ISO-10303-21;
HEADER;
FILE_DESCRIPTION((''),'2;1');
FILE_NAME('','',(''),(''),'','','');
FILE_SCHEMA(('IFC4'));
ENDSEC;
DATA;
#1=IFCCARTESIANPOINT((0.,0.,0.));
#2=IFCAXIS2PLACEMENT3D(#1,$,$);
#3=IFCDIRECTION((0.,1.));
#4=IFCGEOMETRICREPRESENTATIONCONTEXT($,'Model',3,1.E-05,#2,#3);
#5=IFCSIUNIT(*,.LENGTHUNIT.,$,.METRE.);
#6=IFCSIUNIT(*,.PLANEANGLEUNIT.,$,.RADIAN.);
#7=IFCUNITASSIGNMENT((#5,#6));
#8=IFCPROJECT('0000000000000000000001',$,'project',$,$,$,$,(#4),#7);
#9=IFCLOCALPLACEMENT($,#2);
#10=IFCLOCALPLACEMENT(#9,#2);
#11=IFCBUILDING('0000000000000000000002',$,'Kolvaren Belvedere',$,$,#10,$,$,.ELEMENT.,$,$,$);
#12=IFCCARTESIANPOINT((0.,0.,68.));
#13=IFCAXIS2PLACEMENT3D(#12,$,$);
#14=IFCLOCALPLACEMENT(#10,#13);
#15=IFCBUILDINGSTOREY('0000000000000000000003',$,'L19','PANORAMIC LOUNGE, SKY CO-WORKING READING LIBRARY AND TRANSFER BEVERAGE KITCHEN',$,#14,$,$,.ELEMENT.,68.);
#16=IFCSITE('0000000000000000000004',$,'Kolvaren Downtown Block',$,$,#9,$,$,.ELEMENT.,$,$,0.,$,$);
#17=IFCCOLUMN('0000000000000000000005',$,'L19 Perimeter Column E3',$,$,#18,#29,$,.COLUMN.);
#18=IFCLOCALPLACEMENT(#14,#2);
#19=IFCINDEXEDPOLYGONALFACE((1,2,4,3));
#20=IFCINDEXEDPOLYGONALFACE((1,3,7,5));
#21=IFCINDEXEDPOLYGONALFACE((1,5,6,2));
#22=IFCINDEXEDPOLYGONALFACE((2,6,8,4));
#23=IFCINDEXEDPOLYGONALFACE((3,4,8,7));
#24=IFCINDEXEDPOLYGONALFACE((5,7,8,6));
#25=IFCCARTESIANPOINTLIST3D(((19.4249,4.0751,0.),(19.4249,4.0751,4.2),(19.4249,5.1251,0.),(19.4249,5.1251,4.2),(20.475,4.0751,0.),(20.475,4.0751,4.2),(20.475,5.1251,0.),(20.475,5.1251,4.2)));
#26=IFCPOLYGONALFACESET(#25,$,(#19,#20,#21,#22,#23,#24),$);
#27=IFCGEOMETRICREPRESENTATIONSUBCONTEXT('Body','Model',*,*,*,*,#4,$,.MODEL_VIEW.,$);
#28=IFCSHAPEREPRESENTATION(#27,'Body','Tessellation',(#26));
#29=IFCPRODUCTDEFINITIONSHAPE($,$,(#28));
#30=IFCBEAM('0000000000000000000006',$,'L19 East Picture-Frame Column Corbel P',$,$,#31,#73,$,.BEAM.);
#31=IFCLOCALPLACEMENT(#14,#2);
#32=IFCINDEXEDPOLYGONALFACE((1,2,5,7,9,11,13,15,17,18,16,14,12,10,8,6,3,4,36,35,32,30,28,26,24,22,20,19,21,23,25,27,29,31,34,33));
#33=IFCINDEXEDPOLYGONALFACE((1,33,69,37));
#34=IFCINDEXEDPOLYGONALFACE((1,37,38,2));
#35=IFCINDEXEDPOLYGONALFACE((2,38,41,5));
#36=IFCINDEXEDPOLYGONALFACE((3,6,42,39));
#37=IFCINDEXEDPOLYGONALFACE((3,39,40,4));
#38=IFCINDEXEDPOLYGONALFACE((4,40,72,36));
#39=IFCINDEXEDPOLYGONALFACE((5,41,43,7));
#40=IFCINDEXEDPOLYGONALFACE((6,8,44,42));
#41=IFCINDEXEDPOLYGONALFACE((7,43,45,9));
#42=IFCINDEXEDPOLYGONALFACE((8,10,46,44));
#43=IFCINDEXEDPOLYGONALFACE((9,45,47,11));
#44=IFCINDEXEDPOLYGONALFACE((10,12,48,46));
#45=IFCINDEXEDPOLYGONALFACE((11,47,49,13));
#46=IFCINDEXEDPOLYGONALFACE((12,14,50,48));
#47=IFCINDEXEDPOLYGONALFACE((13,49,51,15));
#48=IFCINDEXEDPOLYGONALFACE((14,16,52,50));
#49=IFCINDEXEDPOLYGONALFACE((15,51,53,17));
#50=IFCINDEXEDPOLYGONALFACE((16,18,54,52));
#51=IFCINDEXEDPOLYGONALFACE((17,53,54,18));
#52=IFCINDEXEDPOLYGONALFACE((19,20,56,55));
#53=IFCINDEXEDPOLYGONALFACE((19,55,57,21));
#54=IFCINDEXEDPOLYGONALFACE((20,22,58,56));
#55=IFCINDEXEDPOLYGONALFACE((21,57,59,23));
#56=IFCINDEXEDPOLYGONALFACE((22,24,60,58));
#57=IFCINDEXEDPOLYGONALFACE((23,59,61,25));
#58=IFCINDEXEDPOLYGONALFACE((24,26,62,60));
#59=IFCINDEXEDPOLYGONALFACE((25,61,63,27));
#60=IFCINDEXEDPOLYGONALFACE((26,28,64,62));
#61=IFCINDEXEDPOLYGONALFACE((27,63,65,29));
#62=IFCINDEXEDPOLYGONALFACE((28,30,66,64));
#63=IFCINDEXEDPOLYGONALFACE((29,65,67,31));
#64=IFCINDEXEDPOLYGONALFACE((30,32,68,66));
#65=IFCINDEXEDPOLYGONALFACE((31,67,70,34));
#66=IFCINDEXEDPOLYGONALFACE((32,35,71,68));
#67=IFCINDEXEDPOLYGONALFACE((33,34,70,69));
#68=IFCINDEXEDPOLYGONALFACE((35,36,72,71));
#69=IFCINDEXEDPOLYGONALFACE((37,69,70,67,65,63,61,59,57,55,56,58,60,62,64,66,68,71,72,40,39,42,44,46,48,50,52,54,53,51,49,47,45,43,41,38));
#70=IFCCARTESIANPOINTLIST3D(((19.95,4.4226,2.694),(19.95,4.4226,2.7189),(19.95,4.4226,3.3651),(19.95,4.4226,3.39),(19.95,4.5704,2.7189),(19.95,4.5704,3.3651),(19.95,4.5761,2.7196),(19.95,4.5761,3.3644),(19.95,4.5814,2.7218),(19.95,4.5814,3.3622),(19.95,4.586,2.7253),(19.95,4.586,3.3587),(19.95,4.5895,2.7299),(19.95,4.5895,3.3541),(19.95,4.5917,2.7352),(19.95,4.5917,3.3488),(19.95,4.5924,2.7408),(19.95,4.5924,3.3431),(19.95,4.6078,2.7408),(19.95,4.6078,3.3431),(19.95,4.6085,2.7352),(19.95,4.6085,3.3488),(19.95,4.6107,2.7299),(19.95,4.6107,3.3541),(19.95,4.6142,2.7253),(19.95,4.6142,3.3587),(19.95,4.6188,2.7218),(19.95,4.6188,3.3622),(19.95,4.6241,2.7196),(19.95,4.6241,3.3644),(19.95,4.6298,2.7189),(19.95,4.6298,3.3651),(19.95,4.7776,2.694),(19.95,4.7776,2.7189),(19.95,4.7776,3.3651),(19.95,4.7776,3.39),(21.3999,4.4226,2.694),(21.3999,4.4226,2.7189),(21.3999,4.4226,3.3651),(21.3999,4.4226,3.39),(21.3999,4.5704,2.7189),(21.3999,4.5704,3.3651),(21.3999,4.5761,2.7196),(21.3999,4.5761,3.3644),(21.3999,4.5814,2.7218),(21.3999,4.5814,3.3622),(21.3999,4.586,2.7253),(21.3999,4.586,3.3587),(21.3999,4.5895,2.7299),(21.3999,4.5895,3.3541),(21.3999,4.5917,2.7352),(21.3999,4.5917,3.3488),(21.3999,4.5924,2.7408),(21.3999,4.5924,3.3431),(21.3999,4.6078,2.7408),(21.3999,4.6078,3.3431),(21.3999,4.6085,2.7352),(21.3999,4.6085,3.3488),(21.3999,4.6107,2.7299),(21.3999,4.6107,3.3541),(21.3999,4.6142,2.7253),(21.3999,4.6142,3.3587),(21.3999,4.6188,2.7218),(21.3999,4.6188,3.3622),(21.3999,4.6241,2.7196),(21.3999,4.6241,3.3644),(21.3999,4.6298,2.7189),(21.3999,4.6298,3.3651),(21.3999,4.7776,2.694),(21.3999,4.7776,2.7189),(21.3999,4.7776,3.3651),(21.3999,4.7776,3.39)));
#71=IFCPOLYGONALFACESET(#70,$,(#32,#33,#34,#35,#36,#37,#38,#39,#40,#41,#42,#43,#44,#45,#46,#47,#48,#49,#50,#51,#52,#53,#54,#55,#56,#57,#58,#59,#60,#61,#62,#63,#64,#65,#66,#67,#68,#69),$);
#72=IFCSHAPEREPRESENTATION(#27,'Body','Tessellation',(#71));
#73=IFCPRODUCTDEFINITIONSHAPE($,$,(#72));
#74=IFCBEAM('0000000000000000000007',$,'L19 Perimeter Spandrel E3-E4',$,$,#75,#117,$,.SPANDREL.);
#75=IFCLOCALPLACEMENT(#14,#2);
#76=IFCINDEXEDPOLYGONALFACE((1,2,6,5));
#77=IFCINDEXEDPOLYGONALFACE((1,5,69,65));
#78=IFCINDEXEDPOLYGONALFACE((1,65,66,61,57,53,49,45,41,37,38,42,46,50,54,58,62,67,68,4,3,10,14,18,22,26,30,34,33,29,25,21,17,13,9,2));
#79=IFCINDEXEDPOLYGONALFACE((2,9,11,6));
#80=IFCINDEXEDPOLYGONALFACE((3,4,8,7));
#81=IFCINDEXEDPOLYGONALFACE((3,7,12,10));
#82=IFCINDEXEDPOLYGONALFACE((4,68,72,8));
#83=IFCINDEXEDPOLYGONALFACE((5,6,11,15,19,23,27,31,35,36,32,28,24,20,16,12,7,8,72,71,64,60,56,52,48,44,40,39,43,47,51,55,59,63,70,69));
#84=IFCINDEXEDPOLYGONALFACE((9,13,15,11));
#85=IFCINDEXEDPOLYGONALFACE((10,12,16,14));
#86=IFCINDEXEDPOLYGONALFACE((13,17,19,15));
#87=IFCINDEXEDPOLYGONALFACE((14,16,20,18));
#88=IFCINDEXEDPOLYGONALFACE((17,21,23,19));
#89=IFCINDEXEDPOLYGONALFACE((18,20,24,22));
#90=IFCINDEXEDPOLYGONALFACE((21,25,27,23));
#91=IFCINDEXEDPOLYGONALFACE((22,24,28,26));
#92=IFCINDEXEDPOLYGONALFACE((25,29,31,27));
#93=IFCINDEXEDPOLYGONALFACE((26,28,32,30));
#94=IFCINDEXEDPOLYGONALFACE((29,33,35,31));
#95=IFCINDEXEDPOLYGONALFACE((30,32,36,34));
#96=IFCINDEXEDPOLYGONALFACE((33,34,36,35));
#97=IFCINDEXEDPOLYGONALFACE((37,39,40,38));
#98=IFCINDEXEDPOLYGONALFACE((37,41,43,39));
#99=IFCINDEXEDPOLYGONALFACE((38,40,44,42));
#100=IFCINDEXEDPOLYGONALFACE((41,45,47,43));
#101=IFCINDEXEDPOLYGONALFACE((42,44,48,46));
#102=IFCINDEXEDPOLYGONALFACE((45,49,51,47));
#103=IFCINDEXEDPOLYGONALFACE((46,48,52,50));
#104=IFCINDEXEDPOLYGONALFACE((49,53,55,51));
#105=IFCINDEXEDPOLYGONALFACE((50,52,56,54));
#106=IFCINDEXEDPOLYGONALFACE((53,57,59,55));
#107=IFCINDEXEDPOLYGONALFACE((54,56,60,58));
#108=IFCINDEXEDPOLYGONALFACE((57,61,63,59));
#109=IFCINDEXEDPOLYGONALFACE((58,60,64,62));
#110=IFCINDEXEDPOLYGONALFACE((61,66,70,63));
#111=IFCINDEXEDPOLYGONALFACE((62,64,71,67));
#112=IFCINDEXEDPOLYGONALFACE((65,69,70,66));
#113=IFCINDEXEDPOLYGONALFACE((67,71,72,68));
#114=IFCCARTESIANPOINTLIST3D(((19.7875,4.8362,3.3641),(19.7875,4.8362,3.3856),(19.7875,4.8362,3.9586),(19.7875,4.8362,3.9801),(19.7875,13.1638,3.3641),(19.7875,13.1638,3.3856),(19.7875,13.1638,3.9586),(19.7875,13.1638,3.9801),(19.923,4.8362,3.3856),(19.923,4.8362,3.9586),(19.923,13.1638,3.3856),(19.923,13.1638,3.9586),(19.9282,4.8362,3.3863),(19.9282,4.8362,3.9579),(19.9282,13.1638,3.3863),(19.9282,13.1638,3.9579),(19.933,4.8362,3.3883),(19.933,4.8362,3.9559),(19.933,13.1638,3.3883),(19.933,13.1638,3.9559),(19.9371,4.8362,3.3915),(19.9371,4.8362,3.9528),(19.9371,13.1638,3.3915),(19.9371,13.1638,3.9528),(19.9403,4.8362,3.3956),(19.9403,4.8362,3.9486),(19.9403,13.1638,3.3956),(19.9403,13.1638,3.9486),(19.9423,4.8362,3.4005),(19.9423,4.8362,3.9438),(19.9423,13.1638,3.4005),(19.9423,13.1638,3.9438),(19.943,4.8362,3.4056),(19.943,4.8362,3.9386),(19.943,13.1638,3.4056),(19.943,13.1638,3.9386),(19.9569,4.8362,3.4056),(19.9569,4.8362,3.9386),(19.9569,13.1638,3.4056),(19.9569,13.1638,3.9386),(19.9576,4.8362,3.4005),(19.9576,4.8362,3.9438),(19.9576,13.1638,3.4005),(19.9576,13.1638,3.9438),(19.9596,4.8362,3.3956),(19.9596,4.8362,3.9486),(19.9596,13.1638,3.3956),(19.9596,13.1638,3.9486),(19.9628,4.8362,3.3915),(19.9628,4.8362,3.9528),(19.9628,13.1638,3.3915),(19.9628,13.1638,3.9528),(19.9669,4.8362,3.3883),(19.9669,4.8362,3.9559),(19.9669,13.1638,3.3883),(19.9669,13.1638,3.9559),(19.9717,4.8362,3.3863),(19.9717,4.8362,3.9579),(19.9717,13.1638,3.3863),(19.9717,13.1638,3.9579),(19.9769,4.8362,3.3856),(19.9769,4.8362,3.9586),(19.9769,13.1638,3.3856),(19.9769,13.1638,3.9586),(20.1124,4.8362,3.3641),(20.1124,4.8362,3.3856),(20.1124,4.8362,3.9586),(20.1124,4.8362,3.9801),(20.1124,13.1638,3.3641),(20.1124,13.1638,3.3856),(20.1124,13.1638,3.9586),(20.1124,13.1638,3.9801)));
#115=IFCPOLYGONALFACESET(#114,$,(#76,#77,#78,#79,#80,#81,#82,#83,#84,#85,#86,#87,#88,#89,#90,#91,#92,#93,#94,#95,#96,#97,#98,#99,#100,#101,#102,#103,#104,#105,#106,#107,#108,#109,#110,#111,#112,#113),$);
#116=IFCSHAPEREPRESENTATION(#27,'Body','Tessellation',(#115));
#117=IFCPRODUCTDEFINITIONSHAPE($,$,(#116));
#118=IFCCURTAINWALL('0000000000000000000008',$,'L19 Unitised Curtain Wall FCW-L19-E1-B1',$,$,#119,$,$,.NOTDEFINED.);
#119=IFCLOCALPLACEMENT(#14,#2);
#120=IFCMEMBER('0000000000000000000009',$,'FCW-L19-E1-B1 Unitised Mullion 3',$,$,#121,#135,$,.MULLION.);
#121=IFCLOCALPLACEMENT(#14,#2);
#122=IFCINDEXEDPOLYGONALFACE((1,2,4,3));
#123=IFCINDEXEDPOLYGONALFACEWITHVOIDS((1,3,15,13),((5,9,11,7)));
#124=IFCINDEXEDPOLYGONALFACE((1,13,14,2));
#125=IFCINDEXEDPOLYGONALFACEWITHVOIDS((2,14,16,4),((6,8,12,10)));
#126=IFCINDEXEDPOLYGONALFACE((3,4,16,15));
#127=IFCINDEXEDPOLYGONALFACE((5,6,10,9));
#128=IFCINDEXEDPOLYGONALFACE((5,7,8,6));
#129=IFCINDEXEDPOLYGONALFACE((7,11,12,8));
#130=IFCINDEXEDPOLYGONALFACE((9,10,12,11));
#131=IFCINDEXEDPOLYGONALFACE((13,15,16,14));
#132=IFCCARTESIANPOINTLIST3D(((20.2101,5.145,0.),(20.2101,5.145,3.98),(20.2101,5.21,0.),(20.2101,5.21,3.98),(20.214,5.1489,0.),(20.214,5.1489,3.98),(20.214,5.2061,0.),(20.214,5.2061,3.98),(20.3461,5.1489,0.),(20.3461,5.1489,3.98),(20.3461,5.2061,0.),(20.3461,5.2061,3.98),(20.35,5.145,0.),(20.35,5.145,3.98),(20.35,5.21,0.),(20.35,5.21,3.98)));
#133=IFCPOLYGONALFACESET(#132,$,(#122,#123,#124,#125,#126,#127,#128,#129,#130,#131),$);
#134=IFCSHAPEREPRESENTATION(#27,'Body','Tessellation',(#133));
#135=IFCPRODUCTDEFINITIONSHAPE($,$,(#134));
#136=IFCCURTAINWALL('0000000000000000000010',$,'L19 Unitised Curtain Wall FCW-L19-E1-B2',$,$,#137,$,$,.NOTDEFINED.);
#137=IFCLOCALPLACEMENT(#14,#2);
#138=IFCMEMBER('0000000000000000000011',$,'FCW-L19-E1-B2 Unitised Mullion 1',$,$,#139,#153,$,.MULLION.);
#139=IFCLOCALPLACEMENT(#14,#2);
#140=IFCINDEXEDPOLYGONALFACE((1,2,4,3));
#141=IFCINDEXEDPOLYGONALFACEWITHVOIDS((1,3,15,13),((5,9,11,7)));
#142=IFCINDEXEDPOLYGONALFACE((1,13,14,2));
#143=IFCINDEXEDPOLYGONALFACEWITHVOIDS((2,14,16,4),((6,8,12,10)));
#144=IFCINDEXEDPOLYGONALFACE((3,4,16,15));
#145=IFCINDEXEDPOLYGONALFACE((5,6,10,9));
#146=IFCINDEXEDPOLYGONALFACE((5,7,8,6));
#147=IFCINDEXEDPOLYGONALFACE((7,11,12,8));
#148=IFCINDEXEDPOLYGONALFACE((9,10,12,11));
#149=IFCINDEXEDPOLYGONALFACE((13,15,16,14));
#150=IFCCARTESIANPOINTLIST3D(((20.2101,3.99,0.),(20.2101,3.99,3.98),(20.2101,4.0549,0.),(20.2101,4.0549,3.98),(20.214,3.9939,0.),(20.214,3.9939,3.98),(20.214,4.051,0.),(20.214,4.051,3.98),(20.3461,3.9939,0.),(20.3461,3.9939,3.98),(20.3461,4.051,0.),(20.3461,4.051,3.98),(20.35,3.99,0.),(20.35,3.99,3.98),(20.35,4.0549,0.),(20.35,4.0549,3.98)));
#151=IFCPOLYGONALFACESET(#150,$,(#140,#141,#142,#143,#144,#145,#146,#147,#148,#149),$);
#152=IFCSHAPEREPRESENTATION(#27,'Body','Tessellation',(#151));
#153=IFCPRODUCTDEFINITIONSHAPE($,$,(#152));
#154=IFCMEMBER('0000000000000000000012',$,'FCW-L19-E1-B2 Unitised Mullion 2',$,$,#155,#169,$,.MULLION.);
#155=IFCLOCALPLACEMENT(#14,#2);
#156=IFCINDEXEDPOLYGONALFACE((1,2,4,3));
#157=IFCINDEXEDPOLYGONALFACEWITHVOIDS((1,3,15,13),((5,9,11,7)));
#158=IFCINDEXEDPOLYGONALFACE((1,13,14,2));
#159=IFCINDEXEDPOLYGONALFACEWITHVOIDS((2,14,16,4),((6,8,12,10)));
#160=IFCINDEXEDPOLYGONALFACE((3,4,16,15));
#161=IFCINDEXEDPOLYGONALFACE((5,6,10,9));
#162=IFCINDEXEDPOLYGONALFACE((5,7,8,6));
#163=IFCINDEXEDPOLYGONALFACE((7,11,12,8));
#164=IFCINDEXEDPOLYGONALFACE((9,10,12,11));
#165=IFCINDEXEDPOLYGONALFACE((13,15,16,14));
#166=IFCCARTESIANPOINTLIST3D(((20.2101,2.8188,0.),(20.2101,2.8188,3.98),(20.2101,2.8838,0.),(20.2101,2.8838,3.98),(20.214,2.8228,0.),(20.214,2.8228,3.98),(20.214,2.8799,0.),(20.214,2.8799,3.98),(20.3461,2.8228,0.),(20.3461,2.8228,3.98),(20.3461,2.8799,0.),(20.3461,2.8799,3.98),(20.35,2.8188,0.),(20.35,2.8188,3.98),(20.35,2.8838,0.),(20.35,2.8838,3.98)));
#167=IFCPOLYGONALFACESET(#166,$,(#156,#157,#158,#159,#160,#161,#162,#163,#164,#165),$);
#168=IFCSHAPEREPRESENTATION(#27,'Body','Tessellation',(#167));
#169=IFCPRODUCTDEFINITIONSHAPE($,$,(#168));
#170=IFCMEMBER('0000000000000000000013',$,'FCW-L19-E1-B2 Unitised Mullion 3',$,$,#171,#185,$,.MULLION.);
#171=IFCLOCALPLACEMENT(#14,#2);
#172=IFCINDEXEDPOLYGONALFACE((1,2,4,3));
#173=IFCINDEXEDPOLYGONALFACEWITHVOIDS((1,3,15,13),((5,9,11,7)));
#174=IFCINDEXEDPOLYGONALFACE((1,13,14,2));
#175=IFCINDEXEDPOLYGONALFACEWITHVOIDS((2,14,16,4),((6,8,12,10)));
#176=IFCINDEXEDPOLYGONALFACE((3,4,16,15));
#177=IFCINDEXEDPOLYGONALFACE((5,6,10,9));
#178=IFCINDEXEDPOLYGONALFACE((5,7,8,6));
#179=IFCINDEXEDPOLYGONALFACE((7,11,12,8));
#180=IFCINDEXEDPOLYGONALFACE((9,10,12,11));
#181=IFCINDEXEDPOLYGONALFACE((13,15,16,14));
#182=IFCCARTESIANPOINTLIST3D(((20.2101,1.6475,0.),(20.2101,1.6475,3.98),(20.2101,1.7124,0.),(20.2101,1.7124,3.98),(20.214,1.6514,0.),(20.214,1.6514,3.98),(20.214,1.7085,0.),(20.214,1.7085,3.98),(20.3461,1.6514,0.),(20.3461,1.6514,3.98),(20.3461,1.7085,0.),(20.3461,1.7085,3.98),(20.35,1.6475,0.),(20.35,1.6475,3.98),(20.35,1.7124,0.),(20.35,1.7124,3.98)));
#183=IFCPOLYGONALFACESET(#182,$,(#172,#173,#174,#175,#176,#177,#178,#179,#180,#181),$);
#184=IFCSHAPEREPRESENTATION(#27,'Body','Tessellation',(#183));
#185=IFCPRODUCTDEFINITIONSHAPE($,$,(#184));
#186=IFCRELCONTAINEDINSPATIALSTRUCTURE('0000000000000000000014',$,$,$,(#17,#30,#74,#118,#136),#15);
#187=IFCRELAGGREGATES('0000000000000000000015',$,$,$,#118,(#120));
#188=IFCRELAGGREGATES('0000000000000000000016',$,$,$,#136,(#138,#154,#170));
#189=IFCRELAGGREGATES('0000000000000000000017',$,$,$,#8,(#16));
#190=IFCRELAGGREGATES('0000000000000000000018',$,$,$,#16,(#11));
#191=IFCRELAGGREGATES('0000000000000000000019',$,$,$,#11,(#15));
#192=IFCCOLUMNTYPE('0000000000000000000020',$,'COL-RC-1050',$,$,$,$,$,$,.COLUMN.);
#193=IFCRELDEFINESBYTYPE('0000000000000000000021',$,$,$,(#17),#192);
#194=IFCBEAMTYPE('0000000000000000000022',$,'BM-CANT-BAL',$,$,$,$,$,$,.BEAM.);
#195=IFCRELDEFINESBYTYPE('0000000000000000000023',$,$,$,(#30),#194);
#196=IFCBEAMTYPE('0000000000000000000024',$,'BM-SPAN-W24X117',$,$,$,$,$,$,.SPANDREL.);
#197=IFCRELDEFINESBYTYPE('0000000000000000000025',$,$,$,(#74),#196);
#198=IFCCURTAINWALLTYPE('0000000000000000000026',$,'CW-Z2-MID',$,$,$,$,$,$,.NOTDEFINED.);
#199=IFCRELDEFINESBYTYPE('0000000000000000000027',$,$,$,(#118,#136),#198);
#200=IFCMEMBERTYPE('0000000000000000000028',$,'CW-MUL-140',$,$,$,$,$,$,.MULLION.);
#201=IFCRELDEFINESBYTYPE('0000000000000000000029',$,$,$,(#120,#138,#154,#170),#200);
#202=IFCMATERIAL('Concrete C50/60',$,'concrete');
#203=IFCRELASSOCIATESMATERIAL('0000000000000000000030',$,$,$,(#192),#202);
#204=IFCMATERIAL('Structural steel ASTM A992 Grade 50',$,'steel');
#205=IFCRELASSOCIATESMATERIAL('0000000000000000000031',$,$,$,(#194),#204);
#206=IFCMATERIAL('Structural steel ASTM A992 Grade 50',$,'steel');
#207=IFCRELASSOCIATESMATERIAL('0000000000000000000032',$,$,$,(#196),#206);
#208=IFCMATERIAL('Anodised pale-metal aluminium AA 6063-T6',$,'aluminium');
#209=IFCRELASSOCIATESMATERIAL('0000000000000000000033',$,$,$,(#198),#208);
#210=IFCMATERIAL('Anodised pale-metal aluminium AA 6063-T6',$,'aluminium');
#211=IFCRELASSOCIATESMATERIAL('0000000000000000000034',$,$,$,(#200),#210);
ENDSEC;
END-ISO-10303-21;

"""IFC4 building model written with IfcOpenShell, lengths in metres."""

from ifc_helpers import new_model, si_unit, direction, frame, origin, origin_2d, place, context, subcontext, project, spatial, rectangle, hollow_rectangle, i_section, extrude, material, material_profile, profile_set, type_object, element, aggregate, save


model = new_model("IFC4")

# Units and contexts
model_context = context("Model", 3, precision=1e-05, world=origin(), true_north=direction((0.0, 1.0)))
body_context = subcontext(model_context, "Body", "Model", "MODEL_VIEW")
ifc_project = project(units=[si_unit("LENGTHUNIT", "METRE"), si_unit("PLANEANGLEUNIT", "RADIAN")], contexts=[model_context])

# Site, building, storey
site_placement = place(None, origin())
site = spatial("IfcSite", under=ifc_project, at=site_placement, Name="Kolvaren Downtown Block", CompositionType="ELEMENT", RefElevation=0.0)
building_placement = place(site_placement, origin())
building = spatial("IfcBuilding", under=site, at=building_placement, Name="Kolvaren Belvedere", CompositionType="ELEMENT")
storey_placement = place(building_placement, frame((0.0, 0.0, 68.0)))
storey = spatial("IfcBuildingStorey", under=building, at=storey_placement, Name="L19", Description="PANORAMIC LOUNGE, SKY CO-WORKING READING LIBRARY AND TRANSFER BEVERAGE KITCHEN", CompositionType="ELEMENT", Elevation=68.0)

# Column
ifc_material_1 = material(Name="Concrete C50/60", Category="concrete")
ifc_material_profile_1 = material_profile(ifc_material_1, rectangle(XDim=1.05, YDim=1.05, at=origin_2d()), Name="RC 1050X1050")
ifc_profile_set_1 = profile_set([ifc_material_profile_1], Name="Concrete C50/60")
column_type = type_object("IfcColumnType", Name="COL-RC-1050", PredefinedType="COLUMN", material=ifc_profile_set_1)
column_placement = place(storey_placement, frame((19.95, 4.6001, 0.0), z_axis=(0.0, 0.0, 1.0), x_axis=(1.0, 0.0, 0.0)))
element("IfcColumn", 1, at=column_placement, inside=storey, type_object=column_type, Name="L19 Perimeter Column E3", PredefinedType="COLUMN", context=body_context, shape_type="SweptSolid", body=[
    extrude(rectangle(XDim=1.05, YDim=1.05, at=origin_2d()), origin(), (0.0, 0.0, 1.0), 4.2),
])

# Beams
ifc_material_2 = material(Name="Structural steel ASTM A992 Grade 50", Category="steel")
ifc_material_profile_2 = material_profile(ifc_material_2, i_section(OverallWidth=0.355, OverallDepth=0.696, WebThickness=0.0154, FlangeThickness=0.0249, FilletRadius=0.022, at=origin_2d()), Name="W27X146")
ifc_profile_set_2 = profile_set([ifc_material_profile_2], Name="Structural steel ASTM A992 Grade 50")
beam_type_1 = type_object("IfcBeamType", Name="BM-CANT-BAL", PredefinedType="BEAM", material=ifc_profile_set_2)
beam_1_placement = place(storey_placement, frame((19.95, 4.6001, 3.042), z_axis=(1.0, 0.0, 0.0), x_axis=(0.0, 1.0, 0.0)))
element("IfcBeam", 2, at=beam_1_placement, inside=storey, type_object=beam_type_1, Name="L19 East Picture-Frame Column Corbel P", PredefinedType="BEAM", context=body_context, shape_type="SweptSolid", body=[
    extrude(i_section(OverallWidth=0.355, OverallDepth=0.696, WebThickness=0.0154, FlangeThickness=0.0249, FilletRadius=0.022, at=origin_2d()), origin(), (0.0, 0.0, 1.0), 1.45),
])
ifc_material_3 = material(Name="Structural steel ASTM A992 Grade 50", Category="steel")
ifc_material_profile_3 = material_profile(ifc_material_3, i_section(OverallWidth=0.325, OverallDepth=0.616, WebThickness=0.0139, FlangeThickness=0.0215, FilletRadius=0.02, at=origin_2d()), Name="W24X117")
ifc_profile_set_3 = profile_set([ifc_material_profile_3], Name="Structural steel ASTM A992 Grade 50")
beam_type_2 = type_object("IfcBeamType", Name="BM-SPAN-W24X117", PredefinedType="SPANDREL", material=ifc_profile_set_3)
beam_2_placement = place(storey_placement, frame((19.95, 4.8362, 3.6721), z_axis=(0.0, 1.0, 0.0), x_axis=(-1.0, 0.0, 0.0)))
element("IfcBeam", 3, at=beam_2_placement, inside=storey, type_object=beam_type_2, Name="L19 Perimeter Spandrel E3-E4", PredefinedType="SPANDREL", context=body_context, shape_type="SweptSolid", body=[
    extrude(i_section(OverallWidth=0.325, OverallDepth=0.616, WebThickness=0.0139, FlangeThickness=0.0215, FilletRadius=0.02, at=origin_2d()), origin(), (0.0, 0.0, 1.0), 8.3276),
])

# Curtain wall, member
ifc_material_4 = material(Name="Anodised pale-metal aluminium AA 6063-T6", Category="aluminium")
curtain_wall_type = type_object("IfcCurtainWallType", Name="CW-Z2-MID", PredefinedType="NOTDEFINED", material=ifc_material_4)
curtain_wall_1_placement = place(storey_placement, origin())
curtain_wall_1 = element("IfcCurtainWall", 4, at=curtain_wall_1_placement, inside=storey, type_object=curtain_wall_type, Name="L19 Unitised Curtain Wall FCW-L19-E1-B1", PredefinedType="NOTDEFINED")
ifc_material_5 = material(Name="Anodised pale-metal aluminium AA 6063-T6", Category="aluminium")
ifc_material_profile_4 = material_profile(ifc_material_5, hollow_rectangle(XDim=0.0649, YDim=0.1399, WallThickness=0.0039, at=origin_2d()), Name="ALU-MUL-140X65")
ifc_profile_set_4 = profile_set([ifc_material_profile_4], Name="Anodised pale-metal aluminium AA 6063-T6")
member_type_1 = type_object("IfcMemberType", Name="CW-MUL-140", PredefinedType="MULLION", material=ifc_profile_set_4)
member_1_placement = place(storey_placement, frame((20.28, 5.1775, 0.0), z_axis=(0.0, 0.0, 1.0), x_axis=(0.0, 1.0, 0.0)))
member_1 = element("IfcMember", 5, at=member_1_placement, type_object=member_type_1, Name="FCW-L19-E1-B1 Unitised Mullion 3", PredefinedType="MULLION", context=body_context, shape_type="SweptSolid", body=[
    extrude(hollow_rectangle(XDim=0.0649, YDim=0.1399, WallThickness=0.0039, at=origin_2d()), origin(), (0.0, 0.0, 1.0), 3.98),
])
aggregate(curtain_wall_1, [member_1])

# Curtain wall, members
curtain_wall_2_placement = place(storey_placement, origin())
curtain_wall_2 = element("IfcCurtainWall", 6, at=curtain_wall_2_placement, inside=storey, type_object=curtain_wall_type, Name="L19 Unitised Curtain Wall FCW-L19-E1-B2", PredefinedType="NOTDEFINED")
member_2_placement = place(storey_placement, frame((20.28, 4.0225, 0.0), z_axis=(0.0, 0.0, 1.0), x_axis=(0.0, 1.0, 0.0)))
member_2 = element("IfcMember", 7, at=member_2_placement, type_object=member_type_1, Name="FCW-L19-E1-B2 Unitised Mullion 1", PredefinedType="MULLION", context=body_context, shape_type="SweptSolid", body=[
    extrude(hollow_rectangle(XDim=0.0649, YDim=0.1399, WallThickness=0.0039, at=origin_2d()), origin(), (0.0, 0.0, 1.0), 3.98),
])
member_3_placement = place(storey_placement, frame((20.28, 2.8513, 0.0), z_axis=(0.0, 0.0, 1.0), x_axis=(0.0, 1.0, 0.0)))
member_3 = element("IfcMember", 8, at=member_3_placement, type_object=member_type_1, Name="FCW-L19-E1-B2 Unitised Mullion 2", PredefinedType="MULLION", context=body_context, shape_type="SweptSolid", body=[
    extrude(hollow_rectangle(XDim=0.0649, YDim=0.1399, WallThickness=0.0039, at=origin_2d()), origin(), (0.0, 0.0, 1.0), 3.98),
])
member_4_placement = place(storey_placement, frame((20.28, 1.6799, 0.0), z_axis=(0.0, 0.0, 1.0), x_axis=(0.0, 1.0, 0.0)))
member_4 = element("IfcMember", 9, at=member_4_placement, type_object=member_type_1, Name="FCW-L19-E1-B2 Unitised Mullion 3", PredefinedType="MULLION", context=body_context, shape_type="SweptSolid", body=[
    extrude(hollow_rectangle(XDim=0.0649, YDim=0.1399, WallThickness=0.0039, at=origin_2d()), origin(), (0.0, 0.0, 1.0), 3.98),
])
aggregate(curtain_wall_2, [member_2, member_3, member_4])

save(model, "model.ifc")
